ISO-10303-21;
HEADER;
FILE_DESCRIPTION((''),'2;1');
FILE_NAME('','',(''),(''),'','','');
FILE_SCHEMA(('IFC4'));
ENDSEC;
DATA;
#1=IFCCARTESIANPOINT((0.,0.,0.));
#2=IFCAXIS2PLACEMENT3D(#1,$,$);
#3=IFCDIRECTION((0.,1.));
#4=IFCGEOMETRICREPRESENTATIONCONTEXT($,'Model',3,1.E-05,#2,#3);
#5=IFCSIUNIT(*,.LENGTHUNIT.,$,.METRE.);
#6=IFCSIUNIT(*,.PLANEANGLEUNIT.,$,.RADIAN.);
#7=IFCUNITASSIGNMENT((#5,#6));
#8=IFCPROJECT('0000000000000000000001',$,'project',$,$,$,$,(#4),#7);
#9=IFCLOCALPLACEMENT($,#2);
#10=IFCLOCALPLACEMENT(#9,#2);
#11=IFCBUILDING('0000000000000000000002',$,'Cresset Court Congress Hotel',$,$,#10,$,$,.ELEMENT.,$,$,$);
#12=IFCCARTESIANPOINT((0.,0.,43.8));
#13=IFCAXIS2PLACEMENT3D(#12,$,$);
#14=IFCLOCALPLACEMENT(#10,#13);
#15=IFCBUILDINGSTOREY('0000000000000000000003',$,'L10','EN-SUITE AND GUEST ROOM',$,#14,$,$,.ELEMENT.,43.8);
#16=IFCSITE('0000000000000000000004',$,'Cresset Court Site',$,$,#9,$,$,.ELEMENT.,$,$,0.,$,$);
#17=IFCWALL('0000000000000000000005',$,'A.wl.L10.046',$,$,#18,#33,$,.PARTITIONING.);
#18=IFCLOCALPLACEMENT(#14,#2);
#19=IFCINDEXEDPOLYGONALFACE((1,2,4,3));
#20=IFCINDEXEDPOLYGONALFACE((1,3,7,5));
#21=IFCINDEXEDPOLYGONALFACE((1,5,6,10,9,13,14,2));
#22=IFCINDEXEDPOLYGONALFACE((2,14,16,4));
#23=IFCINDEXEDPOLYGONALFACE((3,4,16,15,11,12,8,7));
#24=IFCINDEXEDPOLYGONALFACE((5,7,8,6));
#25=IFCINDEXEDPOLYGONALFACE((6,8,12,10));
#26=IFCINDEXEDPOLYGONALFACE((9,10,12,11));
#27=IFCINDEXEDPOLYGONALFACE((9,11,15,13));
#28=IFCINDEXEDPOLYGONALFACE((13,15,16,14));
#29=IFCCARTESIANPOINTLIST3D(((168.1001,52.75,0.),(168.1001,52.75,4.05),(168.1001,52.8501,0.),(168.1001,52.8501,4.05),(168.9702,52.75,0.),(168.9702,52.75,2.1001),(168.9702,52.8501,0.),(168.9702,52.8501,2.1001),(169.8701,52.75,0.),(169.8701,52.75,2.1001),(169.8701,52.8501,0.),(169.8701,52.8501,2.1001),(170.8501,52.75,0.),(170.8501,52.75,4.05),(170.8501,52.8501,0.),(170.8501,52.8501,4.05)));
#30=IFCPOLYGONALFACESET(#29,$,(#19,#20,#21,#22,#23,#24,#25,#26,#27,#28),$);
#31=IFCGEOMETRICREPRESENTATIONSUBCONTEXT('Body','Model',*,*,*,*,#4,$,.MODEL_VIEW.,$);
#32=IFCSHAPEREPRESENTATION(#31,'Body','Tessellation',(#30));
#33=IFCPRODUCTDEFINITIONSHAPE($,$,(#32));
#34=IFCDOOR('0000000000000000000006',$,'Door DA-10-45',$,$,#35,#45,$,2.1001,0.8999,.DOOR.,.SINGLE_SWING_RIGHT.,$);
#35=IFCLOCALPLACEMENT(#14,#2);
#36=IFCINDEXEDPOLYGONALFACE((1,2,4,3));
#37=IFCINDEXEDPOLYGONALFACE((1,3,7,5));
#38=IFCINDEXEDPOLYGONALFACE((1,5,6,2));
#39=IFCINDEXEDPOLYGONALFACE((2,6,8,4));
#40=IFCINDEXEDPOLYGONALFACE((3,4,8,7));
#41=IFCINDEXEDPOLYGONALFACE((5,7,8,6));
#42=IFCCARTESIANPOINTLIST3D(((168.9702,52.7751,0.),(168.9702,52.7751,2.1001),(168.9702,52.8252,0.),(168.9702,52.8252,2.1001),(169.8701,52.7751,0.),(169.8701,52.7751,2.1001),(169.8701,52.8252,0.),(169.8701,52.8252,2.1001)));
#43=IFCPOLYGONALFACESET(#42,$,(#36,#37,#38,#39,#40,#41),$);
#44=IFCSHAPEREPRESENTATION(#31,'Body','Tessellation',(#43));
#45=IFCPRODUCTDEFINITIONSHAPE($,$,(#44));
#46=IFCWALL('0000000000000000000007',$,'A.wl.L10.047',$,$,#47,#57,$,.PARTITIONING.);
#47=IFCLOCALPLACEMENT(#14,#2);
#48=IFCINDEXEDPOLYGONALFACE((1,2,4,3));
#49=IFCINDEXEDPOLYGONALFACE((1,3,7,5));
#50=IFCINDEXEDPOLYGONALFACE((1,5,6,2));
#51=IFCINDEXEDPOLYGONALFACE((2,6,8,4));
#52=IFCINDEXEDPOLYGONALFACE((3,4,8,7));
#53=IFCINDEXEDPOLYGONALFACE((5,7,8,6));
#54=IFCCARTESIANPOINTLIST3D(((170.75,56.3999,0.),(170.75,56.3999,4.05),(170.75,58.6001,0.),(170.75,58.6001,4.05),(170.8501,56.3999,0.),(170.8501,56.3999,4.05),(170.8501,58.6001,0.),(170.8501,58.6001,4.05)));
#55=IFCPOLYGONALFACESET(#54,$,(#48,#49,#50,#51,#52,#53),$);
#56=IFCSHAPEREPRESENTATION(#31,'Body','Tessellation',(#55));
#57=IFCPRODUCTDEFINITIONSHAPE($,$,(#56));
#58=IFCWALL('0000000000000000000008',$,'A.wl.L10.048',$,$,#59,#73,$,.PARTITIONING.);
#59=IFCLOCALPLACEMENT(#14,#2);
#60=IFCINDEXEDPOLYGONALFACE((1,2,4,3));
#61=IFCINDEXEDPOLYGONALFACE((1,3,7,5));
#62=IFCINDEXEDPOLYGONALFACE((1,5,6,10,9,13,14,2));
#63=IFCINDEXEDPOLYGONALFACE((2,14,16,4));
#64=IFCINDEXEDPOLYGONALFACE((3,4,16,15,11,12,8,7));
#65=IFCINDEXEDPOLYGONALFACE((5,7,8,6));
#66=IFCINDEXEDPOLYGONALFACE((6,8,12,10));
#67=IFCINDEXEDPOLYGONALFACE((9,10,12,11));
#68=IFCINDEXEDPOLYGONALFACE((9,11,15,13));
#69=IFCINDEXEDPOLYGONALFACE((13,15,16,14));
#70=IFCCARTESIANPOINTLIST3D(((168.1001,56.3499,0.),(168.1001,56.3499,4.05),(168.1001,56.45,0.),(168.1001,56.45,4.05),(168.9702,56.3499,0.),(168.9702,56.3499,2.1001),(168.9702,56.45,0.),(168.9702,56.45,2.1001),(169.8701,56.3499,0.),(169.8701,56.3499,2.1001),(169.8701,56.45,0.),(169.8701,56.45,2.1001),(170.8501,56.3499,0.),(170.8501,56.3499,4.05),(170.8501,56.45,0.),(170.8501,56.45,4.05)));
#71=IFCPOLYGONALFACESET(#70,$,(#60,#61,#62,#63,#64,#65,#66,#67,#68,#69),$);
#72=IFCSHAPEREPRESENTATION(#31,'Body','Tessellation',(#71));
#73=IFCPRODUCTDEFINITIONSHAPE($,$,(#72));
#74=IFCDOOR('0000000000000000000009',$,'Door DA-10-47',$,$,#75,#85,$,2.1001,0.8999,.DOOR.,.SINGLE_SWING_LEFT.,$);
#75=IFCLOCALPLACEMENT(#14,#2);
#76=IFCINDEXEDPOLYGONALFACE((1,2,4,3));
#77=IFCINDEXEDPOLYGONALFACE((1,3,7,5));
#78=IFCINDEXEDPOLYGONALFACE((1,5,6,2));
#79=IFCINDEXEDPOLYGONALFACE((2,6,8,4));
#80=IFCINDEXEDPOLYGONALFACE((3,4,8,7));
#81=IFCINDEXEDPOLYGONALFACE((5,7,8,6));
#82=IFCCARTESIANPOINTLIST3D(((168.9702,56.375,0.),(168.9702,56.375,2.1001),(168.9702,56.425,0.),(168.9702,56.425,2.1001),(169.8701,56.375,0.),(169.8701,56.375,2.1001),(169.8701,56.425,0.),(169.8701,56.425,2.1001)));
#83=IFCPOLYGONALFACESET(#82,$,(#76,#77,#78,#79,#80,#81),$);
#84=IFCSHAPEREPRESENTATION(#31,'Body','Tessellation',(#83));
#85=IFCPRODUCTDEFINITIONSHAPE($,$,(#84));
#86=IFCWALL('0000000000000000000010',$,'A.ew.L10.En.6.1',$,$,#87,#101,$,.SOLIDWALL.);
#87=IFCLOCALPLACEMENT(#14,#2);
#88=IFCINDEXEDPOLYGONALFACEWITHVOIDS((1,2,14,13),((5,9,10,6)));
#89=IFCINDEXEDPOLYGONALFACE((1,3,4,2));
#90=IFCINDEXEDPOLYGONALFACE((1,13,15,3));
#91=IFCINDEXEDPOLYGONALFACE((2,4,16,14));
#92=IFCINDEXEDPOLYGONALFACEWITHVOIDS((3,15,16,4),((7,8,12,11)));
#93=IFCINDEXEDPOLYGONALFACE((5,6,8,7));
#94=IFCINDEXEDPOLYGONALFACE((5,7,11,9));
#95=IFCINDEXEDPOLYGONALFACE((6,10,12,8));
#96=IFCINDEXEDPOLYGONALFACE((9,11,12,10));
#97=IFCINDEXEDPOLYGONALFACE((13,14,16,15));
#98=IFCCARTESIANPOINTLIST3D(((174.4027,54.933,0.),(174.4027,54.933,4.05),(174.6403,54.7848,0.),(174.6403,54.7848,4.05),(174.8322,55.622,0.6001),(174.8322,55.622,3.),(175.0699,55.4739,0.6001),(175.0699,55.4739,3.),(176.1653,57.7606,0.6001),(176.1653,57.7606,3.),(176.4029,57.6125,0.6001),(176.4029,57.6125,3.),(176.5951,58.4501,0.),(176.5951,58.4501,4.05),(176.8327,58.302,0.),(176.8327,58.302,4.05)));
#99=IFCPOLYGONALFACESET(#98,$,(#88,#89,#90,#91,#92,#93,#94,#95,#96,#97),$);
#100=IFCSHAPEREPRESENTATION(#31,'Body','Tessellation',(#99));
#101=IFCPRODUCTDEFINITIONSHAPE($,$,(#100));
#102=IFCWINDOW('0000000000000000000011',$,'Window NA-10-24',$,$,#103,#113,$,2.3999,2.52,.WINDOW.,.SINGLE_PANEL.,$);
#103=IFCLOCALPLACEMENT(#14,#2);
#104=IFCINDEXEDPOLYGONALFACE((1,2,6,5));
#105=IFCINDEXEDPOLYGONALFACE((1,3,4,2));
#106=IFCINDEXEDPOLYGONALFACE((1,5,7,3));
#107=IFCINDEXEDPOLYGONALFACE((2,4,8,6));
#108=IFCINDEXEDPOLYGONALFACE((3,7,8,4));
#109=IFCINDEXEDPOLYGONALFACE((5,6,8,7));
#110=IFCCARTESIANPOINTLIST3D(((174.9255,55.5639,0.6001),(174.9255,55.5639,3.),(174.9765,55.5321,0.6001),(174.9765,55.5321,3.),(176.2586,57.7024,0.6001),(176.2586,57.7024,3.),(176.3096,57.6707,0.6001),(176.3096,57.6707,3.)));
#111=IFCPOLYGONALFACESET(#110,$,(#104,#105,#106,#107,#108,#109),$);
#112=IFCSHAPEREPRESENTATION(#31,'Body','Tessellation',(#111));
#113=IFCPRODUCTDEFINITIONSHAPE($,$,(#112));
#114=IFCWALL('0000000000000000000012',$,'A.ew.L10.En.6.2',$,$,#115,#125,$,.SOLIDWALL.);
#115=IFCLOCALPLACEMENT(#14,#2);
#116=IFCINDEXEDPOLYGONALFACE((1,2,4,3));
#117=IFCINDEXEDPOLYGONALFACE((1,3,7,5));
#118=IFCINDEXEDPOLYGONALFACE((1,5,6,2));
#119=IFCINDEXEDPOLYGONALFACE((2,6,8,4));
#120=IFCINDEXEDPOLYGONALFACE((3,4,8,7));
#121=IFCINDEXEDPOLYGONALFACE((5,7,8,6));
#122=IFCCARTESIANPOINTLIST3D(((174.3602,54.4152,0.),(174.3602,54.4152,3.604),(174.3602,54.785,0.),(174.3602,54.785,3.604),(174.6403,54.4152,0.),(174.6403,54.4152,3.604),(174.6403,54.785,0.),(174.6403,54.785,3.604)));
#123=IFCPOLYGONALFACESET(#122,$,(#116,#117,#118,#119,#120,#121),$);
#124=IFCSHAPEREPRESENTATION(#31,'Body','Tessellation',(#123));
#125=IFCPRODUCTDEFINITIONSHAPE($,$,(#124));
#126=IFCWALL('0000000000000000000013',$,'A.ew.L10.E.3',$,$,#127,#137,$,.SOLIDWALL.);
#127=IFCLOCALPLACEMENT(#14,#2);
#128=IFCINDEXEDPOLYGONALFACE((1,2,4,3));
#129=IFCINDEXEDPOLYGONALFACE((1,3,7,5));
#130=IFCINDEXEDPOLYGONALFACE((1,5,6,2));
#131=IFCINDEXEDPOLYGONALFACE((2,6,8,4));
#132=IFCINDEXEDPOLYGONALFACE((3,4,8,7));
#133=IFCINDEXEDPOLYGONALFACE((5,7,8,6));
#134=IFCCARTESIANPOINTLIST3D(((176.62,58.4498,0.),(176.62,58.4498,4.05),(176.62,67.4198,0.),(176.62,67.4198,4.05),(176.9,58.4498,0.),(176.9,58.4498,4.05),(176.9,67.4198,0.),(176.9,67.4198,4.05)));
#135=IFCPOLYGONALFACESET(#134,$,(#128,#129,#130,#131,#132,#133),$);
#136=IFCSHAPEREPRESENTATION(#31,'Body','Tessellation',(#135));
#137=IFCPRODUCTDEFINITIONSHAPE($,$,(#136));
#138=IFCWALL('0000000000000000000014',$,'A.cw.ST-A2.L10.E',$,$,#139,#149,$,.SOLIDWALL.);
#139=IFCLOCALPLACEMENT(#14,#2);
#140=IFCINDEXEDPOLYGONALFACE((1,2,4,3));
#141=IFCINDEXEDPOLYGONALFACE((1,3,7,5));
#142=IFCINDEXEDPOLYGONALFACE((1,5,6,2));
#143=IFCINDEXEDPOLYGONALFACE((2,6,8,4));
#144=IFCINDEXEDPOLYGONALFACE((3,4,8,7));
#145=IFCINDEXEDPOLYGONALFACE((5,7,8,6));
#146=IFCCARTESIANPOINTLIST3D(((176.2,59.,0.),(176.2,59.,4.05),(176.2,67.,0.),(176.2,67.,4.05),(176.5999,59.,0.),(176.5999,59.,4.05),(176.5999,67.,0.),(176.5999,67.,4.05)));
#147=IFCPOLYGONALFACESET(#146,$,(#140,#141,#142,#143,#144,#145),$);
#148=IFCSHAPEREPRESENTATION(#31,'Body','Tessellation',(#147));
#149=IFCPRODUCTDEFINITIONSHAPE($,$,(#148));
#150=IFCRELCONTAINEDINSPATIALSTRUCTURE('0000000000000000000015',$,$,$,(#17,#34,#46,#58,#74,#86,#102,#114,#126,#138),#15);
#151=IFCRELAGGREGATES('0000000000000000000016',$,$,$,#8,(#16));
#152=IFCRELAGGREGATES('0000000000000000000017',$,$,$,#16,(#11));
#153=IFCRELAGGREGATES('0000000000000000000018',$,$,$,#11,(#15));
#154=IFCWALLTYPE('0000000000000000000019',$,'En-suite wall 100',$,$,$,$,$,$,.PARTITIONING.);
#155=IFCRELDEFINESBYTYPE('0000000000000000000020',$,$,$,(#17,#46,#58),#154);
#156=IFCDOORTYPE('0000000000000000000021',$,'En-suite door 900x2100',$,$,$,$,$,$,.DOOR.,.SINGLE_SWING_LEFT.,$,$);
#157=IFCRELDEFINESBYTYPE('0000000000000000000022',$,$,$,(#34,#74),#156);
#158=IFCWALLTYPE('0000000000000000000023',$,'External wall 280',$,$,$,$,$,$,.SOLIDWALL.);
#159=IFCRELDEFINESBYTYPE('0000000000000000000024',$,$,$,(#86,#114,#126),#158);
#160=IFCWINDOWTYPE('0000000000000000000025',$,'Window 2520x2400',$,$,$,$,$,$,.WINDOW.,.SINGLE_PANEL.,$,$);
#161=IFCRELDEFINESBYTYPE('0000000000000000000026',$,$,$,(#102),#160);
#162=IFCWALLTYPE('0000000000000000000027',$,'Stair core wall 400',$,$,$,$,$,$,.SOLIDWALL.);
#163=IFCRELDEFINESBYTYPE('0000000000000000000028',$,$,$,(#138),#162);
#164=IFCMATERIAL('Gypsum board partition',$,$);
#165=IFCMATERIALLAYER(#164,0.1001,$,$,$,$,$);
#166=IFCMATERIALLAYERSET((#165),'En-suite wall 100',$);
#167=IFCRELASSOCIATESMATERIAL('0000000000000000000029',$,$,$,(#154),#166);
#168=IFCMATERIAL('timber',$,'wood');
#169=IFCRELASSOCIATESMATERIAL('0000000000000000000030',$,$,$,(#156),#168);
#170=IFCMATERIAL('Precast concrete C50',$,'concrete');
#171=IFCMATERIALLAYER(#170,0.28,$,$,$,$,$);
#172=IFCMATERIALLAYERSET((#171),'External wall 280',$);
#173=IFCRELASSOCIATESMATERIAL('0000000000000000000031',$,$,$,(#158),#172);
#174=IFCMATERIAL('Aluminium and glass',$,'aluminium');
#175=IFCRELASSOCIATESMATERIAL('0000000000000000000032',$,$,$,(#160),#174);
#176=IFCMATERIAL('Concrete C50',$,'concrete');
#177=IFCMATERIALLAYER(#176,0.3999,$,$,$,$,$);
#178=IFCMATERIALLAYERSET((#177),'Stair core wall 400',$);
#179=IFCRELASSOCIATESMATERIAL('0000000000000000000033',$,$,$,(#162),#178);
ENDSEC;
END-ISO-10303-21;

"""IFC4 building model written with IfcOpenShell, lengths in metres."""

from ifc_helpers import new_model, si_unit, direction, frame, frame_2d, origin, place, context, subcontext, project, spatial, rectangle, extrude, material, layer, layer_set, type_object, element, fill, save


model = new_model("IFC4")

# Units and contexts
model_context = context("Model", 3, precision=1e-05, world=origin(), true_north=direction((0.0, 1.0)))
body_context = subcontext(model_context, "Body", "Model", "MODEL_VIEW")
ifc_project = project(units=[si_unit("LENGTHUNIT", "METRE"), si_unit("PLANEANGLEUNIT", "RADIAN")], contexts=[model_context])

# Site, building, storey
site_placement = place(None, origin())
site = spatial("IfcSite", under=ifc_project, at=site_placement, Name="Cresset Court Site", CompositionType="ELEMENT", RefElevation=0.0)
building_placement = place(site_placement, origin())
building = spatial("IfcBuilding", under=site, at=building_placement, Name="Cresset Court Congress Hotel", CompositionType="ELEMENT")
storey_placement = place(building_placement, frame((0.0, 0.0, 43.8)))
storey = spatial("IfcBuildingStorey", under=building, at=storey_placement, Name="L10", Description="EN-SUITE AND GUEST ROOM", CompositionType="ELEMENT", Elevation=43.8)

# Wall, opening, door
ifc_material_1 = material(Name="Gypsum board partition")
ifc_layer_1 = layer(ifc_material_1, 0.1001)
ifc_layer_set_1 = layer_set([ifc_layer_1], Name="En-suite wall 100")
wall_type_1 = type_object("IfcWallType", Name="En-suite wall 100", PredefinedType="PARTITIONING", material=ifc_layer_set_1)
wall_1_placement = place(storey_placement, frame((170.8501, 52.8, 0.0), z_axis=(0.0, 0.0, 1.0), x_axis=(-1.0, 0.0, 0.0)))
wall_1 = element("IfcWall", 1, at=wall_1_placement, inside=storey, type_object=wall_type_1, Name="A.wl.L10.046", PredefinedType="PARTITIONING", context=body_context, shape_type="SweptSolid", body=[
    extrude(rectangle(XDim=2.75, YDim=0.1001, at=frame_2d((1.375, 0.0))), origin(), (0.0, 0.0, 1.0), 4.05),
])
opening_1_placement = place(wall_1_placement, frame((0.98, 0.0, 0.0)))
opening_1 = element("IfcOpeningElement", 2, at=opening_1_placement, cuts=wall_1, PredefinedType="OPENING", context=body_context, shape_type="SweptSolid", body=[
    extrude(rectangle(XDim=0.8999, YDim=2.1001, at=frame_2d((0.45, 1.05))), frame((0.0, 0.0601, 0.0), z_axis=(0.0, -1.0, 0.0), x_axis=(1.0, 0.0, 0.0)), (0.0, 0.0, 1.0), 0.1201),
])
ifc_material_2 = material(Name="timber", Category="wood")
door_type = type_object("IfcDoorType", Name="En-suite door 900x2100", OperationType="SINGLE_SWING_LEFT", PredefinedType="DOOR", material=ifc_material_2)
door_1_placement = place(opening_1_placement, origin())
door_1 = element("IfcDoor", 3, at=door_1_placement, inside=storey, type_object=door_type, Name="Door DA-10-45", OperationType="SINGLE_SWING_RIGHT", OverallHeight=2.1001, OverallWidth=0.8999, PredefinedType="DOOR", context=body_context, shape_type="SweptSolid", body=[
    extrude(rectangle(XDim=0.8999, YDim=2.1001, at=frame_2d((0.45, 1.05))), frame((0.0, 0.0249, 0.0), z_axis=(0.0, -1.0, 0.0), x_axis=(1.0, 0.0, 0.0)), (0.0, 0.0, 1.0), 0.05),
])
fill(opening_1, door_1)

# Wall
wall_2_placement = place(storey_placement, frame((170.8, 56.3999, 0.0), z_axis=(0.0, 0.0, 1.0), x_axis=(0.0, 1.0, 0.0)))
element("IfcWall", 4, at=wall_2_placement, inside=storey, type_object=wall_type_1, Name="A.wl.L10.047", PredefinedType="PARTITIONING", context=body_context, shape_type="SweptSolid", body=[
    extrude(rectangle(XDim=2.2002, YDim=0.1001, at=frame_2d((1.1001, 0.0))), origin(), (0.0, 0.0, 1.0), 4.05),
])

# Wall, opening, door
wall_3_placement = place(storey_placement, frame((170.8501, 56.3999, 0.0), z_axis=(0.0, 0.0, 1.0), x_axis=(-1.0, 0.0, 0.0)))
wall_3 = element("IfcWall", 5, at=wall_3_placement, inside=storey, type_object=wall_type_1, Name="A.wl.L10.048", PredefinedType="PARTITIONING", context=body_context, shape_type="SweptSolid", body=[
    extrude(rectangle(XDim=2.75, YDim=0.1001, at=frame_2d((1.375, 0.0))), origin(), (0.0, 0.0, 1.0), 4.05),
])
opening_2_placement = place(wall_3_placement, frame((0.98, 0.0, 0.0)))
opening_2 = element("IfcOpeningElement", 6, at=opening_2_placement, cuts=wall_3, PredefinedType="OPENING", context=body_context, shape_type="SweptSolid", body=[
    extrude(rectangle(XDim=0.8999, YDim=2.1001, at=frame_2d((0.45, 1.05))), frame((0.0, 0.0601, 0.0), z_axis=(0.0, -1.0, 0.0), x_axis=(1.0, 0.0, 0.0)), (0.0, 0.0, 1.0), 0.1201),
])
door_2_placement = place(opening_2_placement, origin())
door_2 = element("IfcDoor", 7, at=door_2_placement, inside=storey, type_object=door_type, Name="Door DA-10-47", OperationType="SINGLE_SWING_LEFT", OverallHeight=2.1001, OverallWidth=0.8999, PredefinedType="DOOR", context=body_context, shape_type="SweptSolid", body=[
    extrude(rectangle(XDim=0.8999, YDim=2.1001, at=frame_2d((0.45, 1.05))), frame((0.0, 0.0249, 0.0), z_axis=(0.0, -1.0, 0.0), x_axis=(1.0, 0.0, 0.0)), (0.0, 0.0, 1.0), 0.05),
])
fill(opening_2, door_2)

# Wall, opening, window
ifc_material_3 = material(Name="Precast concrete C50", Category="concrete")
ifc_layer_2 = layer(ifc_material_3, 0.28)
ifc_layer_set_2 = layer_set([ifc_layer_2], Name="External wall 280")
wall_type_2 = type_object("IfcWallType", Name="External wall 280", PredefinedType="SOLIDWALL", material=ifc_layer_set_2)
wall_4_placement = place(storey_placement, frame((174.5215, 54.8589, 0.0), z_axis=(0.0, 0.0, 1.0), x_axis=(0.528993, 0.848626, 0.0)))
wall_4 = element("IfcWall", 8, at=wall_4_placement, inside=storey, type_object=wall_type_2, Name="A.ew.L10.En.6.1", PredefinedType="SOLIDWALL", context=body_context, shape_type="SweptSolid", body=[
    extrude(rectangle(XDim=4.1445, YDim=0.28, at=frame_2d((2.0723, 0.0))), origin(), (0.0, 0.0, 1.0), 4.05),
])
opening_3_placement = place(wall_4_placement, frame((0.812, 0.0, 0.6001)))
opening_3 = element("IfcOpeningElement", 9, at=opening_3_placement, cuts=wall_4, PredefinedType="OPENING", context=body_context, shape_type="SweptSolid", body=[
    extrude(rectangle(XDim=2.52, YDim=2.3999, at=frame_2d((1.26, 1.2))), frame((0.0, 0.1499, 0.0), z_axis=(0.0, -1.0, 0.0), x_axis=(1.0, 0.0, 0.0)), (0.0, 0.0, 1.0), 0.3),
])
ifc_material_4 = material(Name="Aluminium and glass", Category="aluminium")
window_type = type_object("IfcWindowType", Name="Window 2520x2400", PartitioningType="SINGLE_PANEL", PredefinedType="WINDOW", material=ifc_material_4)
window_placement = place(opening_3_placement, origin())
window = element("IfcWindow", 10, at=window_placement, inside=storey, type_object=window_type, Name="Window NA-10-24", OverallHeight=2.3999, OverallWidth=2.52, PartitioningType="SINGLE_PANEL", PredefinedType="WINDOW", context=body_context, shape_type="SweptSolid", body=[
    extrude(rectangle(XDim=2.52, YDim=2.3999, at=frame_2d((1.26, 1.2))), frame((0.0, 0.03, 0.0), z_axis=(0.0, -1.0, 0.0), x_axis=(1.0, 0.0, 0.0)), (0.0, 0.0, 1.0), 0.0601),
])
fill(opening_3, window)

# Walls
wall_5_placement = place(storey_placement, frame((174.5002, 54.415, 0.0), z_axis=(0.0, 0.0, 1.0), x_axis=(0.0, 1.0, 0.0)))
element("IfcWall", 11, at=wall_5_placement, inside=storey, type_object=wall_type_2, Name="A.ew.L10.En.6.2", PredefinedType="SOLIDWALL", context=body_context, shape_type="SweptSolid", body=[
    extrude(rectangle(XDim=0.3699, YDim=0.28, at=frame_2d((0.1851, 0.0))), origin(), (0.0, 0.0, 1.0), 3.604),
])
wall_6_placement = place(storey_placement, frame((176.76, 58.45, 0.0), z_axis=(0.0, 0.0, 1.0), x_axis=(0.0, 1.0, 0.0)))
element("IfcWall", 12, at=wall_6_placement, inside=storey, type_object=wall_type_2, Name="A.ew.L10.E.3", PredefinedType="SOLIDWALL", context=body_context, shape_type="SweptSolid", body=[
    extrude(rectangle(XDim=8.97, YDim=0.28, at=frame_2d((4.4849, 0.0))), origin(), (0.0, 0.0, 1.0), 4.05),
])
ifc_material_5 = material(Name="Concrete C50", Category="concrete")
ifc_layer_3 = layer(ifc_material_5, 0.3999)
ifc_layer_set_3 = layer_set([ifc_layer_3], Name="Stair core wall 400")
wall_type_3 = type_object("IfcWallType", Name="Stair core wall 400", PredefinedType="SOLIDWALL", material=ifc_layer_set_3)
wall_7_placement = place(storey_placement, frame((176.3999, 59.0, 0.0), z_axis=(0.0, 0.0, 1.0), x_axis=(0.0, 1.0, 0.0)))
element("IfcWall", 13, at=wall_7_placement, inside=storey, type_object=wall_type_3, Name="A.cw.ST-A2.L10.E", PredefinedType="SOLIDWALL", context=body_context, shape_type="SweptSolid", body=[
    extrude(rectangle(XDim=8.0, YDim=0.3999, at=frame_2d((4.0, 0.0))), origin(), (0.0, 0.0, 1.0), 4.05),
])

save(model, "model.ifc")
